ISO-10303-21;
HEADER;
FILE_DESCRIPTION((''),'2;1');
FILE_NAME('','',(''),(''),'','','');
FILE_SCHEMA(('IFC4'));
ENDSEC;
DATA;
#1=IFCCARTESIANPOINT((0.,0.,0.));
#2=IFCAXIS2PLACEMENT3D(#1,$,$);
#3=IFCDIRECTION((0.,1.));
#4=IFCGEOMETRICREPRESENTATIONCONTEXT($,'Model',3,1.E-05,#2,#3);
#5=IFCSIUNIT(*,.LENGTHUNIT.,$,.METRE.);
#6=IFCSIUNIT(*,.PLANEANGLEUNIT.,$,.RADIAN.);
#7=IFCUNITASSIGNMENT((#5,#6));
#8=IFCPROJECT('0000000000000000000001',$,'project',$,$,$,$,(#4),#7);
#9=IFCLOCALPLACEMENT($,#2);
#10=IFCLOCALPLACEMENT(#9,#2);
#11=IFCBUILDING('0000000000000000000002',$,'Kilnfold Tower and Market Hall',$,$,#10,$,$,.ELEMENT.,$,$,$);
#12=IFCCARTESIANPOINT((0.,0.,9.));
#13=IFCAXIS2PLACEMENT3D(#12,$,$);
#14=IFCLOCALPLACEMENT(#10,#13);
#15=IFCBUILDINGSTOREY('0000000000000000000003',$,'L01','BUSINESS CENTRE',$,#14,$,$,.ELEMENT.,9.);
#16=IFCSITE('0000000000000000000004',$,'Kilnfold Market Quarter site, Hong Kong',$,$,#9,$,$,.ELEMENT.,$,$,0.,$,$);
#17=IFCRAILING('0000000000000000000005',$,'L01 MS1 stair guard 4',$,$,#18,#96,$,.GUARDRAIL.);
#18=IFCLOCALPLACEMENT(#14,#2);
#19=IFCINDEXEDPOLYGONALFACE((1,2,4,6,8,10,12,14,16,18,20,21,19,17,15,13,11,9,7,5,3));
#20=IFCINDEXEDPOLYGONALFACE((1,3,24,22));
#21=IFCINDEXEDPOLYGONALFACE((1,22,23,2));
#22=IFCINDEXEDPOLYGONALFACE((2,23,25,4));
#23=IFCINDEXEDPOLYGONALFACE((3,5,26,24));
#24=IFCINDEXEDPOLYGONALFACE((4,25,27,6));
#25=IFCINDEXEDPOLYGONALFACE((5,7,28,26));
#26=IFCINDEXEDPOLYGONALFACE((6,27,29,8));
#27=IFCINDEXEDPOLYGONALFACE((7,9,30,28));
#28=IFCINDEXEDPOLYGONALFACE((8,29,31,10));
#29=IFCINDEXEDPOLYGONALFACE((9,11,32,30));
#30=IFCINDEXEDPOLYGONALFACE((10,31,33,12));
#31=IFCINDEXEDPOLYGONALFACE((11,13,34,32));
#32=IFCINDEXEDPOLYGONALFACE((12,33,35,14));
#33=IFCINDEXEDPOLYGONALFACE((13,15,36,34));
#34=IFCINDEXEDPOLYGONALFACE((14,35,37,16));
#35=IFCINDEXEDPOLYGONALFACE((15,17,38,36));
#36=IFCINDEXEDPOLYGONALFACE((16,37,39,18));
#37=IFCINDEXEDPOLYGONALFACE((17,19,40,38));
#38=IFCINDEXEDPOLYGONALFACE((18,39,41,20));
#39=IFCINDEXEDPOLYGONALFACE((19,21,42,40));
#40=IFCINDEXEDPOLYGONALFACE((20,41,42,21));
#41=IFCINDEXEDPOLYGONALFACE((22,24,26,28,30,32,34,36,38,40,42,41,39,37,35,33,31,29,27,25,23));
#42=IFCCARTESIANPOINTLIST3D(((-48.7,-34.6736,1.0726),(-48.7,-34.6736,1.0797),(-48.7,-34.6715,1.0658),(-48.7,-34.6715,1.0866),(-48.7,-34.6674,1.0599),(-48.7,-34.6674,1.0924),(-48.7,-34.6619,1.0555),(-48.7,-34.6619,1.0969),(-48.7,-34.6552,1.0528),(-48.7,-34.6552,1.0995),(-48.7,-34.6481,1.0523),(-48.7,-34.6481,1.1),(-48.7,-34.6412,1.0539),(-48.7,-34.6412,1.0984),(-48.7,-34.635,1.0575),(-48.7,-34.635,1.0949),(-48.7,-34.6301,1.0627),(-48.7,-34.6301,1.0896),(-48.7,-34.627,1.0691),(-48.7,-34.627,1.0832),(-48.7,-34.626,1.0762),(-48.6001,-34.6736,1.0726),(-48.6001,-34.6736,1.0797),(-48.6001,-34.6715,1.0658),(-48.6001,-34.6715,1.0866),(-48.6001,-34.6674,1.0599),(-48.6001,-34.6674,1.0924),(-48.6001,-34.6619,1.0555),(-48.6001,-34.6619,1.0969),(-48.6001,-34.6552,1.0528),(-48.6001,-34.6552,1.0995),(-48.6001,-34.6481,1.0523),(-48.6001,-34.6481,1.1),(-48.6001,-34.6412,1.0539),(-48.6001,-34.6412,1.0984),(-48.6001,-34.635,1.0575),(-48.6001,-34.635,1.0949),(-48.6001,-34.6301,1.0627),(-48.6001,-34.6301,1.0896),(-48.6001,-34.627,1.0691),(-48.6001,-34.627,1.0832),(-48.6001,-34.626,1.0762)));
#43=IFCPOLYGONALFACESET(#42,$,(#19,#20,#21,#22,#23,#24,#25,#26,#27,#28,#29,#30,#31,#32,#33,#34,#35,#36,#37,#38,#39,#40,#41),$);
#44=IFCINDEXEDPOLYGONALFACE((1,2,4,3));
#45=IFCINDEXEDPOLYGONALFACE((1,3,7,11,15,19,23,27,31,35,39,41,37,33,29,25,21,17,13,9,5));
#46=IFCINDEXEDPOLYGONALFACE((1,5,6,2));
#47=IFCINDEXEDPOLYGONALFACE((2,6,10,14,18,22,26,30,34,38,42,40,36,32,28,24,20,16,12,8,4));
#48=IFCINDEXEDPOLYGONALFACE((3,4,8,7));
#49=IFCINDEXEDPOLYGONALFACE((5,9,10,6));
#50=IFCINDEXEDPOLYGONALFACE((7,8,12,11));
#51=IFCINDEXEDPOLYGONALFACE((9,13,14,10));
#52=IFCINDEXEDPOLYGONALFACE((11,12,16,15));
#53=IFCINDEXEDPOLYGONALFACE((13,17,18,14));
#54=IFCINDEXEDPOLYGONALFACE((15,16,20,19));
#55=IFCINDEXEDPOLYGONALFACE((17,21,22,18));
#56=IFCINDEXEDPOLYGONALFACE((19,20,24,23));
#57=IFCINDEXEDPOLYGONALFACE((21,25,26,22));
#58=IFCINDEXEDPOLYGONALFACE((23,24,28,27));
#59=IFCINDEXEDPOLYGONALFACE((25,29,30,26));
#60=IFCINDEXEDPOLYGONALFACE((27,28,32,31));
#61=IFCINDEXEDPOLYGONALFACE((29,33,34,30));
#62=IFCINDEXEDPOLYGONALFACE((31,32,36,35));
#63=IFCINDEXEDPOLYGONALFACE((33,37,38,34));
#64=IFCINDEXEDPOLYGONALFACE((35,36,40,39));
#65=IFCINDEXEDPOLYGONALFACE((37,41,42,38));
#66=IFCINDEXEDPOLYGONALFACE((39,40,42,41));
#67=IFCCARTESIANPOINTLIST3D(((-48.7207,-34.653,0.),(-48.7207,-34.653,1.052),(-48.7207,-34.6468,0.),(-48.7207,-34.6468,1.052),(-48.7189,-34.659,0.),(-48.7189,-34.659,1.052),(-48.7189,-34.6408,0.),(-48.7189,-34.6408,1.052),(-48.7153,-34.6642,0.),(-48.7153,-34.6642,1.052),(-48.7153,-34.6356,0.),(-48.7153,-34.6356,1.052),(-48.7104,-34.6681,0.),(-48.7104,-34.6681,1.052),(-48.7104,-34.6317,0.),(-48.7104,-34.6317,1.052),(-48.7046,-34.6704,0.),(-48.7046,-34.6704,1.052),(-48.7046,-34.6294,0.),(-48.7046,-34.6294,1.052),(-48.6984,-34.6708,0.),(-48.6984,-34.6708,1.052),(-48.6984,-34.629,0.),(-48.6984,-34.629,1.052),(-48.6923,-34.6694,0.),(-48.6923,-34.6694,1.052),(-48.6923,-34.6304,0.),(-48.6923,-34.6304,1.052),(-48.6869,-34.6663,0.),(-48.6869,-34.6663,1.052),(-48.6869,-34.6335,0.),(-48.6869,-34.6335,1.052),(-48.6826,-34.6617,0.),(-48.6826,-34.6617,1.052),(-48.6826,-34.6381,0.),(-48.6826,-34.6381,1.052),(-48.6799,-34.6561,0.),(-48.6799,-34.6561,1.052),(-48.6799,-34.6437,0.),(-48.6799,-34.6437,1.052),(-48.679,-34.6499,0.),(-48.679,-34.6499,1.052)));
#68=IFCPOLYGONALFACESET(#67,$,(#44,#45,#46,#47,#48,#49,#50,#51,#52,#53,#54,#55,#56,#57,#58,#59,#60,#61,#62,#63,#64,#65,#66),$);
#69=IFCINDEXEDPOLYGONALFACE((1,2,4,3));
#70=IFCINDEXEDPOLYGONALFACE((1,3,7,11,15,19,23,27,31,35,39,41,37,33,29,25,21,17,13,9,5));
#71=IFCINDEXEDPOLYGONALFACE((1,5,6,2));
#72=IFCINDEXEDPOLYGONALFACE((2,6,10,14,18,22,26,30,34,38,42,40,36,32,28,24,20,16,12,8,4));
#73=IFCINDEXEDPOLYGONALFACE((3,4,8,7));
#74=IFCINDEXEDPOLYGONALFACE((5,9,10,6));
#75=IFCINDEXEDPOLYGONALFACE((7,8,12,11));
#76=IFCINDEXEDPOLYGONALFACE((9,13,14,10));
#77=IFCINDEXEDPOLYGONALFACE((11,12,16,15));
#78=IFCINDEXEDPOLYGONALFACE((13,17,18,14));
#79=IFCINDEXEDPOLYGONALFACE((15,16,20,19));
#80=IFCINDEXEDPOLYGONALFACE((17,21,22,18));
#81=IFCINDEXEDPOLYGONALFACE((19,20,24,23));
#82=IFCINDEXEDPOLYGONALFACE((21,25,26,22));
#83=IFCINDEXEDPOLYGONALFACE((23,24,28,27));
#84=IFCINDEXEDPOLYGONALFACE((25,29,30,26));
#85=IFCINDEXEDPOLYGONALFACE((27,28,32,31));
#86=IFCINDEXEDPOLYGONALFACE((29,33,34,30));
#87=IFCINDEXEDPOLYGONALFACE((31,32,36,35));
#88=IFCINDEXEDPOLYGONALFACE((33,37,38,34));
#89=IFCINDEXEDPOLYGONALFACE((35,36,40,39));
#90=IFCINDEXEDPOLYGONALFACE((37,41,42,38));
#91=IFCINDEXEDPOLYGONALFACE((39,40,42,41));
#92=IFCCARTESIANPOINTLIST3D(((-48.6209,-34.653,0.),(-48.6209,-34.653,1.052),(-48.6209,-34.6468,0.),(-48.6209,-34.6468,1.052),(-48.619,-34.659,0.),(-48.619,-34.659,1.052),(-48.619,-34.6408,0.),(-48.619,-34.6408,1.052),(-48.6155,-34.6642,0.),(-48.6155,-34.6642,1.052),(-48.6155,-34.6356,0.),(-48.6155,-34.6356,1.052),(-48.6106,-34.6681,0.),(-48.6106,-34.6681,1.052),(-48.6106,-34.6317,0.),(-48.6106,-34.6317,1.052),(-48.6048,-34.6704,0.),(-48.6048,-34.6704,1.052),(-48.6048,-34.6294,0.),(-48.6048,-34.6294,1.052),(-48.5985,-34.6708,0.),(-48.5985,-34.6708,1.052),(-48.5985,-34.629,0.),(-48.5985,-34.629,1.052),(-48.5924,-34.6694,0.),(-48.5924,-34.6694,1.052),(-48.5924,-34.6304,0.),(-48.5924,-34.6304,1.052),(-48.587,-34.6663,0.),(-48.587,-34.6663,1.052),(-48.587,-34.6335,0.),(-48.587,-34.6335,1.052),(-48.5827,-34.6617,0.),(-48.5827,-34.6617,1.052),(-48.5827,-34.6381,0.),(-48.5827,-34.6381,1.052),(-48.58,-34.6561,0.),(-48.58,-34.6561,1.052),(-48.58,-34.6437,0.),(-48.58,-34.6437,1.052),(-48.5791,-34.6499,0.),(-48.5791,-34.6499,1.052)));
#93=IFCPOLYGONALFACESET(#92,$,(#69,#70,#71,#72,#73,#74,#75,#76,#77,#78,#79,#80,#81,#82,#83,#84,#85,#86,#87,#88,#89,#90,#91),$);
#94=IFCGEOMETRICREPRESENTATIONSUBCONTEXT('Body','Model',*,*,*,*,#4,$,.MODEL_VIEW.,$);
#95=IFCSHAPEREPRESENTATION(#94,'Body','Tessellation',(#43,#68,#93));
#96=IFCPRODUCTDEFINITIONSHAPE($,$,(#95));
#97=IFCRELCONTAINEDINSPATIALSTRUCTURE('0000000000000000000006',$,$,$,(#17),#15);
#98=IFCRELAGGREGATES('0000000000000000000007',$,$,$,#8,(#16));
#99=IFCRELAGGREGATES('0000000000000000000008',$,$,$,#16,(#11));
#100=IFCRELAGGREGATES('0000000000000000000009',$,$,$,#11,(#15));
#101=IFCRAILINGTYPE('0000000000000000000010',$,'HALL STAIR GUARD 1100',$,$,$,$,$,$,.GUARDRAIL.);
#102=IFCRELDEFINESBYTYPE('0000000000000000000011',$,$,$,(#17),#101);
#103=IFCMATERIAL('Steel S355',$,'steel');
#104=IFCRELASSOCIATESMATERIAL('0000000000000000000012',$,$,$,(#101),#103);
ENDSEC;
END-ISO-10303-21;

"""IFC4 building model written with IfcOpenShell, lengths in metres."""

from ifc_helpers import new_model, si_unit, direction, frame, origin, origin_2d, place, context, subcontext, project, spatial, circle, extrude, material, type_object, element, save


model = new_model("IFC4")

# Units and contexts
model_context = context("Model", 3, precision=1e-05, world=origin(), true_north=direction((0.0, 1.0)))
body_context = subcontext(model_context, "Body", "Model", "MODEL_VIEW")
ifc_project = project(units=[si_unit("LENGTHUNIT", "METRE"), si_unit("PLANEANGLEUNIT", "RADIAN")], contexts=[model_context])

# Site, building, storey
site_placement = place(None, origin())
site = spatial("IfcSite", under=ifc_project, at=site_placement, Name="Kilnfold Market Quarter site, Hong Kong", CompositionType="ELEMENT", RefElevation=0.0)
building_placement = place(site_placement, origin())
building = spatial("IfcBuilding", under=site, at=building_placement, Name="Kilnfold Tower and Market Hall", CompositionType="ELEMENT")
storey_placement = place(building_placement, frame((0.0, 0.0, 9.0)))
storey = spatial("IfcBuildingStorey", under=building, at=storey_placement, Name="L01", Description="BUSINESS CENTRE", CompositionType="ELEMENT", Elevation=9.0)

# Railing
ifc_material_1 = material(Name="Steel S355", Category="steel")
railing_type_1 = type_object("IfcRailingType", Name="HALL STAIR GUARD 1100", PredefinedType="GUARDRAIL", material=ifc_material_1)
railing_1_placement = place(storey_placement, frame((-48.7, -34.6499, 0.0)))
element("IfcRailing", 1, at=railing_1_placement, inside=storey, type_object=railing_type_1, Name="L01 MS1 stair guard 4", PredefinedType="GUARDRAIL", context=body_context, shape_type="SweptSolid", body=[
    extrude(circle(Radius=0.0239, at=origin_2d()), frame((0.0, 0.0, 1.0762), z_axis=(1.0, 0.0, 0.0), x_axis=(0.0, 1.0, 0.0)), (0.0, 0.0, 1.0), 0.0999),
    extrude(circle(Radius=0.021, at=origin_2d()), origin(), (0.0, 0.0, 1.0), 1.052),
    extrude(circle(Radius=0.021, at=origin_2d()), frame((0.0999, 0.0, 0.0)), (0.0, 0.0, 1.0), 1.052),
])

save(model, "model.ifc")
